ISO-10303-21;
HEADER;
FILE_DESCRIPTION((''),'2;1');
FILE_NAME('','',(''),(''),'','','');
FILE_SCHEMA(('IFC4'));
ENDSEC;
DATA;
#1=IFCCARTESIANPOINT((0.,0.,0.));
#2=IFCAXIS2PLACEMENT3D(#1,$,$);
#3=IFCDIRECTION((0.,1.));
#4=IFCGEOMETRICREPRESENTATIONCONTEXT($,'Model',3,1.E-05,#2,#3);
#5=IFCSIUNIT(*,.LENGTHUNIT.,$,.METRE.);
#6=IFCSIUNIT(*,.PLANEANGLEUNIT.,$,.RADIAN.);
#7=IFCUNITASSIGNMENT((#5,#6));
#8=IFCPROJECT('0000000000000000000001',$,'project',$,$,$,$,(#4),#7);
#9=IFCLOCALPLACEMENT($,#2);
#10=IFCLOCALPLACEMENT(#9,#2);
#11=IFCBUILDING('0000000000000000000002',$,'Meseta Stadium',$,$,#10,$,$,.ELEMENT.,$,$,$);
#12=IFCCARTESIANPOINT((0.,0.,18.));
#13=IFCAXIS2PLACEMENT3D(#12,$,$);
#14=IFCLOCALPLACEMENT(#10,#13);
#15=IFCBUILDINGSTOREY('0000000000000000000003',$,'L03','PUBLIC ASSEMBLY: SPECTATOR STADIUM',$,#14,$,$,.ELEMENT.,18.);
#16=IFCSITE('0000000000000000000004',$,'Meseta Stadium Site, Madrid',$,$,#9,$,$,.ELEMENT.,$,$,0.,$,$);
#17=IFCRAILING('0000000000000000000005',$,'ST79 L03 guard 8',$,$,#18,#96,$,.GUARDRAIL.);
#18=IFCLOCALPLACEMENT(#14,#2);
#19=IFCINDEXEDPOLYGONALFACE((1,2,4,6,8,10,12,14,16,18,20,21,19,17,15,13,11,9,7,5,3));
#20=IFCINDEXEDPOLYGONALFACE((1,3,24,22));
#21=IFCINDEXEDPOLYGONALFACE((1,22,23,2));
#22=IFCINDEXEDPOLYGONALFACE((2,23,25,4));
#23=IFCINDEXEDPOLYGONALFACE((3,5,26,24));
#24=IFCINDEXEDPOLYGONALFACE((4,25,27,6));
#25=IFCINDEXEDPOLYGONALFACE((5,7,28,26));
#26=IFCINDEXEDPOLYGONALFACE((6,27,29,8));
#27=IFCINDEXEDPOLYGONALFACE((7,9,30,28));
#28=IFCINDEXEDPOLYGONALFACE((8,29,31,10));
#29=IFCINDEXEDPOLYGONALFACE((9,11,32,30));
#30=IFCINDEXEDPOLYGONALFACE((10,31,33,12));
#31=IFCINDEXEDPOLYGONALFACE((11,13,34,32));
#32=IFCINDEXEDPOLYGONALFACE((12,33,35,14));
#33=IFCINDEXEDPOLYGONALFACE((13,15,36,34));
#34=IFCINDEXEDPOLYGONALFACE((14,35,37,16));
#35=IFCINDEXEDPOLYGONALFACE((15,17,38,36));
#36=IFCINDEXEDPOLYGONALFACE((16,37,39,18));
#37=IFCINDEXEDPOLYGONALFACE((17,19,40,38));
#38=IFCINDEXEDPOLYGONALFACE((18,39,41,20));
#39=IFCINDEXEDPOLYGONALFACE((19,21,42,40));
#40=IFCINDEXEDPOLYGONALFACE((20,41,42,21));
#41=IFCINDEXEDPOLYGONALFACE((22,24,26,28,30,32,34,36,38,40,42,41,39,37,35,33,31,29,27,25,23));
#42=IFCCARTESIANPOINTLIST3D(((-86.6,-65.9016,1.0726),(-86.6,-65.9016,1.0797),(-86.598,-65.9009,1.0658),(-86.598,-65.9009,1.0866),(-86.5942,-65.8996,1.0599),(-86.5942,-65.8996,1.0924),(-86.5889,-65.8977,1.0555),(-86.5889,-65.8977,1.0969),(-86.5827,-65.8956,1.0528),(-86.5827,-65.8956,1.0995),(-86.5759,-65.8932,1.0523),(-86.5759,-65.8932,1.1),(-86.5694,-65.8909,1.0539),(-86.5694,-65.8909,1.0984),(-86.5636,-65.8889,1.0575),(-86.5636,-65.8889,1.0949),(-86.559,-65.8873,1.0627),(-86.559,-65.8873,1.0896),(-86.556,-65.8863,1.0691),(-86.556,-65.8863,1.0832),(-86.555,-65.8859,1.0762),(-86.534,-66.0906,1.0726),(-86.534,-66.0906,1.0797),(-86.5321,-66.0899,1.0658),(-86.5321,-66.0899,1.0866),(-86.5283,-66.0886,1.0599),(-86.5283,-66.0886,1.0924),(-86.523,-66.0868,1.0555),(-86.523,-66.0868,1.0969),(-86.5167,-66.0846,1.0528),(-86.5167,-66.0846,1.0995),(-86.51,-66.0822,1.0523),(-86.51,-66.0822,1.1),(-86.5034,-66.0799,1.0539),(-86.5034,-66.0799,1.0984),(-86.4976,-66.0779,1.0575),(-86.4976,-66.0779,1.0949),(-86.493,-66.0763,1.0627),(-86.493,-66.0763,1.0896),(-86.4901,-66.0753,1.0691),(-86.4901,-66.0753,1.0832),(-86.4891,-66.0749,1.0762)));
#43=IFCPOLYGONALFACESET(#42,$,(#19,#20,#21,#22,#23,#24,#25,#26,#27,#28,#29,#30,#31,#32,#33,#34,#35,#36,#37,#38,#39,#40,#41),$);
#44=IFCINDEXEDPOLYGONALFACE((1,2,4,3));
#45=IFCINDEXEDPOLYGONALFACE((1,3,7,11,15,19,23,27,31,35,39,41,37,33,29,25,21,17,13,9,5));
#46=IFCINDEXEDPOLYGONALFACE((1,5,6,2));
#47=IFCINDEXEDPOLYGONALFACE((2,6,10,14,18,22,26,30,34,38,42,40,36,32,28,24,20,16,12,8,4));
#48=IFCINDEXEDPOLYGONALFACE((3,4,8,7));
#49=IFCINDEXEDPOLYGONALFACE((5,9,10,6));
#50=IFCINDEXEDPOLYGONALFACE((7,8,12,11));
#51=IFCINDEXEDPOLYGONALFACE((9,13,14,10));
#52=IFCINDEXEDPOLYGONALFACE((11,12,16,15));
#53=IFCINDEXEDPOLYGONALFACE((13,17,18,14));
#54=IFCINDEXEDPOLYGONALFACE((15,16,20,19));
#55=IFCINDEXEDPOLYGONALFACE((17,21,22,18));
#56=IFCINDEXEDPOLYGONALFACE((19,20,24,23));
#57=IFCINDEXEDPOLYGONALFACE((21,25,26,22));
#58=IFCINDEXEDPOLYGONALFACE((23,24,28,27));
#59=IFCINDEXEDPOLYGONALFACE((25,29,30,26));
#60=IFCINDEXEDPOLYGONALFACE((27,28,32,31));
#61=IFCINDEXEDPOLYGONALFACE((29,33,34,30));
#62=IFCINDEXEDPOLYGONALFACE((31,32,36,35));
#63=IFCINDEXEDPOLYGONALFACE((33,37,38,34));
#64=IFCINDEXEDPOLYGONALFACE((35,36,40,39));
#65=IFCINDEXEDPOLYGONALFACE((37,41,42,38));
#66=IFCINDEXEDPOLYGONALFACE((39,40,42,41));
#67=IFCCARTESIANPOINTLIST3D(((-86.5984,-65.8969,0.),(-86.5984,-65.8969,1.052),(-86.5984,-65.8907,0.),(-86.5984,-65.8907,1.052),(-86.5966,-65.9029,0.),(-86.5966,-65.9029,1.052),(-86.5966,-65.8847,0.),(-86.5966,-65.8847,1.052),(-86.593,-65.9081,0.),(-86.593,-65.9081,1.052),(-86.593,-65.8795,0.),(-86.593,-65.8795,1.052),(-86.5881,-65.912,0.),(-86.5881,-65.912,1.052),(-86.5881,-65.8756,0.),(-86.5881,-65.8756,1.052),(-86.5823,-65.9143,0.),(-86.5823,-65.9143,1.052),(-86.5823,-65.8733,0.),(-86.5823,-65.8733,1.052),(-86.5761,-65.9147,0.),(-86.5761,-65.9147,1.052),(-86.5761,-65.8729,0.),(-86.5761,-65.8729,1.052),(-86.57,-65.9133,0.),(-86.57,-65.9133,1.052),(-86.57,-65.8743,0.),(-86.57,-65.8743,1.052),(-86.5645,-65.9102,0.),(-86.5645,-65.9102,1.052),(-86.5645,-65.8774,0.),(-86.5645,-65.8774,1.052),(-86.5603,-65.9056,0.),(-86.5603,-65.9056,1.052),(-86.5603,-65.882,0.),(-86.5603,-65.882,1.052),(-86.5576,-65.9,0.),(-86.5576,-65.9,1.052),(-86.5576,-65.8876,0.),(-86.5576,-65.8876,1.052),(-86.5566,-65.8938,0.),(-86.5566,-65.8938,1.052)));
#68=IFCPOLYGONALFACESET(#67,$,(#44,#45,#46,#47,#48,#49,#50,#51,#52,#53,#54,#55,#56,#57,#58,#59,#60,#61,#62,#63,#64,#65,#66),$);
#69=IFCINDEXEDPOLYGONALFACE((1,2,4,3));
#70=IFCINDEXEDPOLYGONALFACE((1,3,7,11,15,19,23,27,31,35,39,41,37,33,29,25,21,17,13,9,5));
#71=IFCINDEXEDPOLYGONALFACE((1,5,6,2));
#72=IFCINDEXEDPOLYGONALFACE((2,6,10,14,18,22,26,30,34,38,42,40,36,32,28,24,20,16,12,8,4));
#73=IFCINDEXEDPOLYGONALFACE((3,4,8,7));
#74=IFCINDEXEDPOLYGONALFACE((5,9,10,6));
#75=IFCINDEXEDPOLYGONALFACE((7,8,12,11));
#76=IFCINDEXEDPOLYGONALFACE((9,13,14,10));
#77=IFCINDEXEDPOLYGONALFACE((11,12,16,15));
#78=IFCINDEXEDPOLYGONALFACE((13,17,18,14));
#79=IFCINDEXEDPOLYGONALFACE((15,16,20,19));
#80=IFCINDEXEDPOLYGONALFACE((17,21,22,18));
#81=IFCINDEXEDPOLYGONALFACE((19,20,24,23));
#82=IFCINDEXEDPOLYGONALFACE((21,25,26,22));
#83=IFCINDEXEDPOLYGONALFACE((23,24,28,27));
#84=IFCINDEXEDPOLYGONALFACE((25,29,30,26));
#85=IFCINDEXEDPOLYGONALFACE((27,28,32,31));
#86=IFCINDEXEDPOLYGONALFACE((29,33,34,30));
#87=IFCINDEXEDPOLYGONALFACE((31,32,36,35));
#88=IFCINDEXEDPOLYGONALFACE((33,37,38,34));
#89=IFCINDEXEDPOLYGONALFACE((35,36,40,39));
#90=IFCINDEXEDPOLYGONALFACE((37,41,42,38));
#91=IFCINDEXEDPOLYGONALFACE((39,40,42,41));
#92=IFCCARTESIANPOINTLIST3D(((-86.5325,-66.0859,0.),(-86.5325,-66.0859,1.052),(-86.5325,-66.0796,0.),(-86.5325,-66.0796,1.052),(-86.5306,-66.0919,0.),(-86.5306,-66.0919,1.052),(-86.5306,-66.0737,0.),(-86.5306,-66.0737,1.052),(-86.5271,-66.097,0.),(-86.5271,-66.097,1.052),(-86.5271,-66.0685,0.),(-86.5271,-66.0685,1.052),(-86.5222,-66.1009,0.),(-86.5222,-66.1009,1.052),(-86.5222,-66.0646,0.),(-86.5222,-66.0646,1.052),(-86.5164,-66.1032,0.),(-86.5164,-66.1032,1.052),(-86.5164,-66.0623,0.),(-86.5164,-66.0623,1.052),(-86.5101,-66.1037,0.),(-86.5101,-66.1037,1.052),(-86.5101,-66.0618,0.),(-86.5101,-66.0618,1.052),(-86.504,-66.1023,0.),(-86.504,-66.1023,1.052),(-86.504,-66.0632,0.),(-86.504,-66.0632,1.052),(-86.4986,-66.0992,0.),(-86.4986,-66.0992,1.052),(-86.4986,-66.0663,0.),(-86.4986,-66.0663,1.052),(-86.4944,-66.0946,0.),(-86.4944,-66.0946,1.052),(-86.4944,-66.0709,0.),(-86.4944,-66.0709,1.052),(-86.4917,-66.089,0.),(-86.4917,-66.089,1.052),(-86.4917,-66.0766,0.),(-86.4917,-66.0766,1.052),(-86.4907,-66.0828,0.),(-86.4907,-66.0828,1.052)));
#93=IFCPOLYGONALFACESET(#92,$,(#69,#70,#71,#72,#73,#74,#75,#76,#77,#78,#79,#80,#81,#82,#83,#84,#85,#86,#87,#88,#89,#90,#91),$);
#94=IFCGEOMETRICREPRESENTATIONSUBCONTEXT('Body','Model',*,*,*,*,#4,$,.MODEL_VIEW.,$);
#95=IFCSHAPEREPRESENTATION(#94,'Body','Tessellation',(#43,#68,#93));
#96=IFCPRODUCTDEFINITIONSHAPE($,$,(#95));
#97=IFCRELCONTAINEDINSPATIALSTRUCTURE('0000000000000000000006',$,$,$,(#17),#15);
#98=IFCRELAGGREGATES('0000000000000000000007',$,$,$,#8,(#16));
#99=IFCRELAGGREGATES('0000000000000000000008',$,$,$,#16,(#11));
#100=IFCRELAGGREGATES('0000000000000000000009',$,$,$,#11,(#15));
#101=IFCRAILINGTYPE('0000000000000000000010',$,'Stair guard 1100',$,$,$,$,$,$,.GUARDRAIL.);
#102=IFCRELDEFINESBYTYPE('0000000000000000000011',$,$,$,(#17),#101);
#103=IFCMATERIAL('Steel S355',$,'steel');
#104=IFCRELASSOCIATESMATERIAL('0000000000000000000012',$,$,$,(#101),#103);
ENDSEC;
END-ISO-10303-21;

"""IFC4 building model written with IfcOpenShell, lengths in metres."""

from ifc_helpers import new_model, si_unit, direction, frame, origin, origin_2d, place, context, subcontext, project, spatial, circle, extrude, material, type_object, element, save


model = new_model("IFC4")

# Units and contexts
model_context = context("Model", 3, precision=1e-05, world=origin(), true_north=direction((0.0, 1.0)))
body_context = subcontext(model_context, "Body", "Model", "MODEL_VIEW")
ifc_project = project(units=[si_unit("LENGTHUNIT", "METRE"), si_unit("PLANEANGLEUNIT", "RADIAN")], contexts=[model_context])

# Site, building, storey
site_placement = place(None, origin())
site = spatial("IfcSite", under=ifc_project, at=site_placement, Name="Meseta Stadium Site, Madrid", CompositionType="ELEMENT", RefElevation=0.0)
building_placement = place(site_placement, origin())
building = spatial("IfcBuilding", under=site, at=building_placement, Name="Meseta Stadium", CompositionType="ELEMENT")
storey_placement = place(building_placement, frame((0.0, 0.0, 18.0)))
storey = spatial("IfcBuildingStorey", under=building, at=storey_placement, Name="L03", Description="PUBLIC ASSEMBLY: SPECTATOR STADIUM", CompositionType="ELEMENT", Elevation=18.0)

# Railing
ifc_material_1 = material(Name="Steel S355", Category="steel")
railing_type_1 = type_object("IfcRailingType", Name="Stair guard 1100", PredefinedType="GUARDRAIL", material=ifc_material_1)
railing_1_placement = place(storey_placement, frame((-86.5776, -65.8938, 0.0)))
element("IfcRailing", 1, at=railing_1_placement, inside=storey, type_object=railing_type_1, Name="ST79 L03 guard 8", PredefinedType="GUARDRAIL", context=body_context, shape_type="SweptSolid", body=[
    extrude(circle(Radius=0.0239, at=origin_2d()), frame((0.0, 0.0, 1.0762), z_axis=(0.329372, -0.9442, 0.0), x_axis=(0.9442, 0.329372, 0.0)), (0.0, 0.0, 1.0), 0.2002),
    extrude(circle(Radius=0.021, at=origin_2d()), origin(), (0.0, 0.0, 1.0), 1.052),
    extrude(circle(Radius=0.021, at=origin_2d()), frame((0.0659, -0.189, 0.0)), (0.0, 0.0, 1.0), 1.052),
])

save(model, "model.ifc")
